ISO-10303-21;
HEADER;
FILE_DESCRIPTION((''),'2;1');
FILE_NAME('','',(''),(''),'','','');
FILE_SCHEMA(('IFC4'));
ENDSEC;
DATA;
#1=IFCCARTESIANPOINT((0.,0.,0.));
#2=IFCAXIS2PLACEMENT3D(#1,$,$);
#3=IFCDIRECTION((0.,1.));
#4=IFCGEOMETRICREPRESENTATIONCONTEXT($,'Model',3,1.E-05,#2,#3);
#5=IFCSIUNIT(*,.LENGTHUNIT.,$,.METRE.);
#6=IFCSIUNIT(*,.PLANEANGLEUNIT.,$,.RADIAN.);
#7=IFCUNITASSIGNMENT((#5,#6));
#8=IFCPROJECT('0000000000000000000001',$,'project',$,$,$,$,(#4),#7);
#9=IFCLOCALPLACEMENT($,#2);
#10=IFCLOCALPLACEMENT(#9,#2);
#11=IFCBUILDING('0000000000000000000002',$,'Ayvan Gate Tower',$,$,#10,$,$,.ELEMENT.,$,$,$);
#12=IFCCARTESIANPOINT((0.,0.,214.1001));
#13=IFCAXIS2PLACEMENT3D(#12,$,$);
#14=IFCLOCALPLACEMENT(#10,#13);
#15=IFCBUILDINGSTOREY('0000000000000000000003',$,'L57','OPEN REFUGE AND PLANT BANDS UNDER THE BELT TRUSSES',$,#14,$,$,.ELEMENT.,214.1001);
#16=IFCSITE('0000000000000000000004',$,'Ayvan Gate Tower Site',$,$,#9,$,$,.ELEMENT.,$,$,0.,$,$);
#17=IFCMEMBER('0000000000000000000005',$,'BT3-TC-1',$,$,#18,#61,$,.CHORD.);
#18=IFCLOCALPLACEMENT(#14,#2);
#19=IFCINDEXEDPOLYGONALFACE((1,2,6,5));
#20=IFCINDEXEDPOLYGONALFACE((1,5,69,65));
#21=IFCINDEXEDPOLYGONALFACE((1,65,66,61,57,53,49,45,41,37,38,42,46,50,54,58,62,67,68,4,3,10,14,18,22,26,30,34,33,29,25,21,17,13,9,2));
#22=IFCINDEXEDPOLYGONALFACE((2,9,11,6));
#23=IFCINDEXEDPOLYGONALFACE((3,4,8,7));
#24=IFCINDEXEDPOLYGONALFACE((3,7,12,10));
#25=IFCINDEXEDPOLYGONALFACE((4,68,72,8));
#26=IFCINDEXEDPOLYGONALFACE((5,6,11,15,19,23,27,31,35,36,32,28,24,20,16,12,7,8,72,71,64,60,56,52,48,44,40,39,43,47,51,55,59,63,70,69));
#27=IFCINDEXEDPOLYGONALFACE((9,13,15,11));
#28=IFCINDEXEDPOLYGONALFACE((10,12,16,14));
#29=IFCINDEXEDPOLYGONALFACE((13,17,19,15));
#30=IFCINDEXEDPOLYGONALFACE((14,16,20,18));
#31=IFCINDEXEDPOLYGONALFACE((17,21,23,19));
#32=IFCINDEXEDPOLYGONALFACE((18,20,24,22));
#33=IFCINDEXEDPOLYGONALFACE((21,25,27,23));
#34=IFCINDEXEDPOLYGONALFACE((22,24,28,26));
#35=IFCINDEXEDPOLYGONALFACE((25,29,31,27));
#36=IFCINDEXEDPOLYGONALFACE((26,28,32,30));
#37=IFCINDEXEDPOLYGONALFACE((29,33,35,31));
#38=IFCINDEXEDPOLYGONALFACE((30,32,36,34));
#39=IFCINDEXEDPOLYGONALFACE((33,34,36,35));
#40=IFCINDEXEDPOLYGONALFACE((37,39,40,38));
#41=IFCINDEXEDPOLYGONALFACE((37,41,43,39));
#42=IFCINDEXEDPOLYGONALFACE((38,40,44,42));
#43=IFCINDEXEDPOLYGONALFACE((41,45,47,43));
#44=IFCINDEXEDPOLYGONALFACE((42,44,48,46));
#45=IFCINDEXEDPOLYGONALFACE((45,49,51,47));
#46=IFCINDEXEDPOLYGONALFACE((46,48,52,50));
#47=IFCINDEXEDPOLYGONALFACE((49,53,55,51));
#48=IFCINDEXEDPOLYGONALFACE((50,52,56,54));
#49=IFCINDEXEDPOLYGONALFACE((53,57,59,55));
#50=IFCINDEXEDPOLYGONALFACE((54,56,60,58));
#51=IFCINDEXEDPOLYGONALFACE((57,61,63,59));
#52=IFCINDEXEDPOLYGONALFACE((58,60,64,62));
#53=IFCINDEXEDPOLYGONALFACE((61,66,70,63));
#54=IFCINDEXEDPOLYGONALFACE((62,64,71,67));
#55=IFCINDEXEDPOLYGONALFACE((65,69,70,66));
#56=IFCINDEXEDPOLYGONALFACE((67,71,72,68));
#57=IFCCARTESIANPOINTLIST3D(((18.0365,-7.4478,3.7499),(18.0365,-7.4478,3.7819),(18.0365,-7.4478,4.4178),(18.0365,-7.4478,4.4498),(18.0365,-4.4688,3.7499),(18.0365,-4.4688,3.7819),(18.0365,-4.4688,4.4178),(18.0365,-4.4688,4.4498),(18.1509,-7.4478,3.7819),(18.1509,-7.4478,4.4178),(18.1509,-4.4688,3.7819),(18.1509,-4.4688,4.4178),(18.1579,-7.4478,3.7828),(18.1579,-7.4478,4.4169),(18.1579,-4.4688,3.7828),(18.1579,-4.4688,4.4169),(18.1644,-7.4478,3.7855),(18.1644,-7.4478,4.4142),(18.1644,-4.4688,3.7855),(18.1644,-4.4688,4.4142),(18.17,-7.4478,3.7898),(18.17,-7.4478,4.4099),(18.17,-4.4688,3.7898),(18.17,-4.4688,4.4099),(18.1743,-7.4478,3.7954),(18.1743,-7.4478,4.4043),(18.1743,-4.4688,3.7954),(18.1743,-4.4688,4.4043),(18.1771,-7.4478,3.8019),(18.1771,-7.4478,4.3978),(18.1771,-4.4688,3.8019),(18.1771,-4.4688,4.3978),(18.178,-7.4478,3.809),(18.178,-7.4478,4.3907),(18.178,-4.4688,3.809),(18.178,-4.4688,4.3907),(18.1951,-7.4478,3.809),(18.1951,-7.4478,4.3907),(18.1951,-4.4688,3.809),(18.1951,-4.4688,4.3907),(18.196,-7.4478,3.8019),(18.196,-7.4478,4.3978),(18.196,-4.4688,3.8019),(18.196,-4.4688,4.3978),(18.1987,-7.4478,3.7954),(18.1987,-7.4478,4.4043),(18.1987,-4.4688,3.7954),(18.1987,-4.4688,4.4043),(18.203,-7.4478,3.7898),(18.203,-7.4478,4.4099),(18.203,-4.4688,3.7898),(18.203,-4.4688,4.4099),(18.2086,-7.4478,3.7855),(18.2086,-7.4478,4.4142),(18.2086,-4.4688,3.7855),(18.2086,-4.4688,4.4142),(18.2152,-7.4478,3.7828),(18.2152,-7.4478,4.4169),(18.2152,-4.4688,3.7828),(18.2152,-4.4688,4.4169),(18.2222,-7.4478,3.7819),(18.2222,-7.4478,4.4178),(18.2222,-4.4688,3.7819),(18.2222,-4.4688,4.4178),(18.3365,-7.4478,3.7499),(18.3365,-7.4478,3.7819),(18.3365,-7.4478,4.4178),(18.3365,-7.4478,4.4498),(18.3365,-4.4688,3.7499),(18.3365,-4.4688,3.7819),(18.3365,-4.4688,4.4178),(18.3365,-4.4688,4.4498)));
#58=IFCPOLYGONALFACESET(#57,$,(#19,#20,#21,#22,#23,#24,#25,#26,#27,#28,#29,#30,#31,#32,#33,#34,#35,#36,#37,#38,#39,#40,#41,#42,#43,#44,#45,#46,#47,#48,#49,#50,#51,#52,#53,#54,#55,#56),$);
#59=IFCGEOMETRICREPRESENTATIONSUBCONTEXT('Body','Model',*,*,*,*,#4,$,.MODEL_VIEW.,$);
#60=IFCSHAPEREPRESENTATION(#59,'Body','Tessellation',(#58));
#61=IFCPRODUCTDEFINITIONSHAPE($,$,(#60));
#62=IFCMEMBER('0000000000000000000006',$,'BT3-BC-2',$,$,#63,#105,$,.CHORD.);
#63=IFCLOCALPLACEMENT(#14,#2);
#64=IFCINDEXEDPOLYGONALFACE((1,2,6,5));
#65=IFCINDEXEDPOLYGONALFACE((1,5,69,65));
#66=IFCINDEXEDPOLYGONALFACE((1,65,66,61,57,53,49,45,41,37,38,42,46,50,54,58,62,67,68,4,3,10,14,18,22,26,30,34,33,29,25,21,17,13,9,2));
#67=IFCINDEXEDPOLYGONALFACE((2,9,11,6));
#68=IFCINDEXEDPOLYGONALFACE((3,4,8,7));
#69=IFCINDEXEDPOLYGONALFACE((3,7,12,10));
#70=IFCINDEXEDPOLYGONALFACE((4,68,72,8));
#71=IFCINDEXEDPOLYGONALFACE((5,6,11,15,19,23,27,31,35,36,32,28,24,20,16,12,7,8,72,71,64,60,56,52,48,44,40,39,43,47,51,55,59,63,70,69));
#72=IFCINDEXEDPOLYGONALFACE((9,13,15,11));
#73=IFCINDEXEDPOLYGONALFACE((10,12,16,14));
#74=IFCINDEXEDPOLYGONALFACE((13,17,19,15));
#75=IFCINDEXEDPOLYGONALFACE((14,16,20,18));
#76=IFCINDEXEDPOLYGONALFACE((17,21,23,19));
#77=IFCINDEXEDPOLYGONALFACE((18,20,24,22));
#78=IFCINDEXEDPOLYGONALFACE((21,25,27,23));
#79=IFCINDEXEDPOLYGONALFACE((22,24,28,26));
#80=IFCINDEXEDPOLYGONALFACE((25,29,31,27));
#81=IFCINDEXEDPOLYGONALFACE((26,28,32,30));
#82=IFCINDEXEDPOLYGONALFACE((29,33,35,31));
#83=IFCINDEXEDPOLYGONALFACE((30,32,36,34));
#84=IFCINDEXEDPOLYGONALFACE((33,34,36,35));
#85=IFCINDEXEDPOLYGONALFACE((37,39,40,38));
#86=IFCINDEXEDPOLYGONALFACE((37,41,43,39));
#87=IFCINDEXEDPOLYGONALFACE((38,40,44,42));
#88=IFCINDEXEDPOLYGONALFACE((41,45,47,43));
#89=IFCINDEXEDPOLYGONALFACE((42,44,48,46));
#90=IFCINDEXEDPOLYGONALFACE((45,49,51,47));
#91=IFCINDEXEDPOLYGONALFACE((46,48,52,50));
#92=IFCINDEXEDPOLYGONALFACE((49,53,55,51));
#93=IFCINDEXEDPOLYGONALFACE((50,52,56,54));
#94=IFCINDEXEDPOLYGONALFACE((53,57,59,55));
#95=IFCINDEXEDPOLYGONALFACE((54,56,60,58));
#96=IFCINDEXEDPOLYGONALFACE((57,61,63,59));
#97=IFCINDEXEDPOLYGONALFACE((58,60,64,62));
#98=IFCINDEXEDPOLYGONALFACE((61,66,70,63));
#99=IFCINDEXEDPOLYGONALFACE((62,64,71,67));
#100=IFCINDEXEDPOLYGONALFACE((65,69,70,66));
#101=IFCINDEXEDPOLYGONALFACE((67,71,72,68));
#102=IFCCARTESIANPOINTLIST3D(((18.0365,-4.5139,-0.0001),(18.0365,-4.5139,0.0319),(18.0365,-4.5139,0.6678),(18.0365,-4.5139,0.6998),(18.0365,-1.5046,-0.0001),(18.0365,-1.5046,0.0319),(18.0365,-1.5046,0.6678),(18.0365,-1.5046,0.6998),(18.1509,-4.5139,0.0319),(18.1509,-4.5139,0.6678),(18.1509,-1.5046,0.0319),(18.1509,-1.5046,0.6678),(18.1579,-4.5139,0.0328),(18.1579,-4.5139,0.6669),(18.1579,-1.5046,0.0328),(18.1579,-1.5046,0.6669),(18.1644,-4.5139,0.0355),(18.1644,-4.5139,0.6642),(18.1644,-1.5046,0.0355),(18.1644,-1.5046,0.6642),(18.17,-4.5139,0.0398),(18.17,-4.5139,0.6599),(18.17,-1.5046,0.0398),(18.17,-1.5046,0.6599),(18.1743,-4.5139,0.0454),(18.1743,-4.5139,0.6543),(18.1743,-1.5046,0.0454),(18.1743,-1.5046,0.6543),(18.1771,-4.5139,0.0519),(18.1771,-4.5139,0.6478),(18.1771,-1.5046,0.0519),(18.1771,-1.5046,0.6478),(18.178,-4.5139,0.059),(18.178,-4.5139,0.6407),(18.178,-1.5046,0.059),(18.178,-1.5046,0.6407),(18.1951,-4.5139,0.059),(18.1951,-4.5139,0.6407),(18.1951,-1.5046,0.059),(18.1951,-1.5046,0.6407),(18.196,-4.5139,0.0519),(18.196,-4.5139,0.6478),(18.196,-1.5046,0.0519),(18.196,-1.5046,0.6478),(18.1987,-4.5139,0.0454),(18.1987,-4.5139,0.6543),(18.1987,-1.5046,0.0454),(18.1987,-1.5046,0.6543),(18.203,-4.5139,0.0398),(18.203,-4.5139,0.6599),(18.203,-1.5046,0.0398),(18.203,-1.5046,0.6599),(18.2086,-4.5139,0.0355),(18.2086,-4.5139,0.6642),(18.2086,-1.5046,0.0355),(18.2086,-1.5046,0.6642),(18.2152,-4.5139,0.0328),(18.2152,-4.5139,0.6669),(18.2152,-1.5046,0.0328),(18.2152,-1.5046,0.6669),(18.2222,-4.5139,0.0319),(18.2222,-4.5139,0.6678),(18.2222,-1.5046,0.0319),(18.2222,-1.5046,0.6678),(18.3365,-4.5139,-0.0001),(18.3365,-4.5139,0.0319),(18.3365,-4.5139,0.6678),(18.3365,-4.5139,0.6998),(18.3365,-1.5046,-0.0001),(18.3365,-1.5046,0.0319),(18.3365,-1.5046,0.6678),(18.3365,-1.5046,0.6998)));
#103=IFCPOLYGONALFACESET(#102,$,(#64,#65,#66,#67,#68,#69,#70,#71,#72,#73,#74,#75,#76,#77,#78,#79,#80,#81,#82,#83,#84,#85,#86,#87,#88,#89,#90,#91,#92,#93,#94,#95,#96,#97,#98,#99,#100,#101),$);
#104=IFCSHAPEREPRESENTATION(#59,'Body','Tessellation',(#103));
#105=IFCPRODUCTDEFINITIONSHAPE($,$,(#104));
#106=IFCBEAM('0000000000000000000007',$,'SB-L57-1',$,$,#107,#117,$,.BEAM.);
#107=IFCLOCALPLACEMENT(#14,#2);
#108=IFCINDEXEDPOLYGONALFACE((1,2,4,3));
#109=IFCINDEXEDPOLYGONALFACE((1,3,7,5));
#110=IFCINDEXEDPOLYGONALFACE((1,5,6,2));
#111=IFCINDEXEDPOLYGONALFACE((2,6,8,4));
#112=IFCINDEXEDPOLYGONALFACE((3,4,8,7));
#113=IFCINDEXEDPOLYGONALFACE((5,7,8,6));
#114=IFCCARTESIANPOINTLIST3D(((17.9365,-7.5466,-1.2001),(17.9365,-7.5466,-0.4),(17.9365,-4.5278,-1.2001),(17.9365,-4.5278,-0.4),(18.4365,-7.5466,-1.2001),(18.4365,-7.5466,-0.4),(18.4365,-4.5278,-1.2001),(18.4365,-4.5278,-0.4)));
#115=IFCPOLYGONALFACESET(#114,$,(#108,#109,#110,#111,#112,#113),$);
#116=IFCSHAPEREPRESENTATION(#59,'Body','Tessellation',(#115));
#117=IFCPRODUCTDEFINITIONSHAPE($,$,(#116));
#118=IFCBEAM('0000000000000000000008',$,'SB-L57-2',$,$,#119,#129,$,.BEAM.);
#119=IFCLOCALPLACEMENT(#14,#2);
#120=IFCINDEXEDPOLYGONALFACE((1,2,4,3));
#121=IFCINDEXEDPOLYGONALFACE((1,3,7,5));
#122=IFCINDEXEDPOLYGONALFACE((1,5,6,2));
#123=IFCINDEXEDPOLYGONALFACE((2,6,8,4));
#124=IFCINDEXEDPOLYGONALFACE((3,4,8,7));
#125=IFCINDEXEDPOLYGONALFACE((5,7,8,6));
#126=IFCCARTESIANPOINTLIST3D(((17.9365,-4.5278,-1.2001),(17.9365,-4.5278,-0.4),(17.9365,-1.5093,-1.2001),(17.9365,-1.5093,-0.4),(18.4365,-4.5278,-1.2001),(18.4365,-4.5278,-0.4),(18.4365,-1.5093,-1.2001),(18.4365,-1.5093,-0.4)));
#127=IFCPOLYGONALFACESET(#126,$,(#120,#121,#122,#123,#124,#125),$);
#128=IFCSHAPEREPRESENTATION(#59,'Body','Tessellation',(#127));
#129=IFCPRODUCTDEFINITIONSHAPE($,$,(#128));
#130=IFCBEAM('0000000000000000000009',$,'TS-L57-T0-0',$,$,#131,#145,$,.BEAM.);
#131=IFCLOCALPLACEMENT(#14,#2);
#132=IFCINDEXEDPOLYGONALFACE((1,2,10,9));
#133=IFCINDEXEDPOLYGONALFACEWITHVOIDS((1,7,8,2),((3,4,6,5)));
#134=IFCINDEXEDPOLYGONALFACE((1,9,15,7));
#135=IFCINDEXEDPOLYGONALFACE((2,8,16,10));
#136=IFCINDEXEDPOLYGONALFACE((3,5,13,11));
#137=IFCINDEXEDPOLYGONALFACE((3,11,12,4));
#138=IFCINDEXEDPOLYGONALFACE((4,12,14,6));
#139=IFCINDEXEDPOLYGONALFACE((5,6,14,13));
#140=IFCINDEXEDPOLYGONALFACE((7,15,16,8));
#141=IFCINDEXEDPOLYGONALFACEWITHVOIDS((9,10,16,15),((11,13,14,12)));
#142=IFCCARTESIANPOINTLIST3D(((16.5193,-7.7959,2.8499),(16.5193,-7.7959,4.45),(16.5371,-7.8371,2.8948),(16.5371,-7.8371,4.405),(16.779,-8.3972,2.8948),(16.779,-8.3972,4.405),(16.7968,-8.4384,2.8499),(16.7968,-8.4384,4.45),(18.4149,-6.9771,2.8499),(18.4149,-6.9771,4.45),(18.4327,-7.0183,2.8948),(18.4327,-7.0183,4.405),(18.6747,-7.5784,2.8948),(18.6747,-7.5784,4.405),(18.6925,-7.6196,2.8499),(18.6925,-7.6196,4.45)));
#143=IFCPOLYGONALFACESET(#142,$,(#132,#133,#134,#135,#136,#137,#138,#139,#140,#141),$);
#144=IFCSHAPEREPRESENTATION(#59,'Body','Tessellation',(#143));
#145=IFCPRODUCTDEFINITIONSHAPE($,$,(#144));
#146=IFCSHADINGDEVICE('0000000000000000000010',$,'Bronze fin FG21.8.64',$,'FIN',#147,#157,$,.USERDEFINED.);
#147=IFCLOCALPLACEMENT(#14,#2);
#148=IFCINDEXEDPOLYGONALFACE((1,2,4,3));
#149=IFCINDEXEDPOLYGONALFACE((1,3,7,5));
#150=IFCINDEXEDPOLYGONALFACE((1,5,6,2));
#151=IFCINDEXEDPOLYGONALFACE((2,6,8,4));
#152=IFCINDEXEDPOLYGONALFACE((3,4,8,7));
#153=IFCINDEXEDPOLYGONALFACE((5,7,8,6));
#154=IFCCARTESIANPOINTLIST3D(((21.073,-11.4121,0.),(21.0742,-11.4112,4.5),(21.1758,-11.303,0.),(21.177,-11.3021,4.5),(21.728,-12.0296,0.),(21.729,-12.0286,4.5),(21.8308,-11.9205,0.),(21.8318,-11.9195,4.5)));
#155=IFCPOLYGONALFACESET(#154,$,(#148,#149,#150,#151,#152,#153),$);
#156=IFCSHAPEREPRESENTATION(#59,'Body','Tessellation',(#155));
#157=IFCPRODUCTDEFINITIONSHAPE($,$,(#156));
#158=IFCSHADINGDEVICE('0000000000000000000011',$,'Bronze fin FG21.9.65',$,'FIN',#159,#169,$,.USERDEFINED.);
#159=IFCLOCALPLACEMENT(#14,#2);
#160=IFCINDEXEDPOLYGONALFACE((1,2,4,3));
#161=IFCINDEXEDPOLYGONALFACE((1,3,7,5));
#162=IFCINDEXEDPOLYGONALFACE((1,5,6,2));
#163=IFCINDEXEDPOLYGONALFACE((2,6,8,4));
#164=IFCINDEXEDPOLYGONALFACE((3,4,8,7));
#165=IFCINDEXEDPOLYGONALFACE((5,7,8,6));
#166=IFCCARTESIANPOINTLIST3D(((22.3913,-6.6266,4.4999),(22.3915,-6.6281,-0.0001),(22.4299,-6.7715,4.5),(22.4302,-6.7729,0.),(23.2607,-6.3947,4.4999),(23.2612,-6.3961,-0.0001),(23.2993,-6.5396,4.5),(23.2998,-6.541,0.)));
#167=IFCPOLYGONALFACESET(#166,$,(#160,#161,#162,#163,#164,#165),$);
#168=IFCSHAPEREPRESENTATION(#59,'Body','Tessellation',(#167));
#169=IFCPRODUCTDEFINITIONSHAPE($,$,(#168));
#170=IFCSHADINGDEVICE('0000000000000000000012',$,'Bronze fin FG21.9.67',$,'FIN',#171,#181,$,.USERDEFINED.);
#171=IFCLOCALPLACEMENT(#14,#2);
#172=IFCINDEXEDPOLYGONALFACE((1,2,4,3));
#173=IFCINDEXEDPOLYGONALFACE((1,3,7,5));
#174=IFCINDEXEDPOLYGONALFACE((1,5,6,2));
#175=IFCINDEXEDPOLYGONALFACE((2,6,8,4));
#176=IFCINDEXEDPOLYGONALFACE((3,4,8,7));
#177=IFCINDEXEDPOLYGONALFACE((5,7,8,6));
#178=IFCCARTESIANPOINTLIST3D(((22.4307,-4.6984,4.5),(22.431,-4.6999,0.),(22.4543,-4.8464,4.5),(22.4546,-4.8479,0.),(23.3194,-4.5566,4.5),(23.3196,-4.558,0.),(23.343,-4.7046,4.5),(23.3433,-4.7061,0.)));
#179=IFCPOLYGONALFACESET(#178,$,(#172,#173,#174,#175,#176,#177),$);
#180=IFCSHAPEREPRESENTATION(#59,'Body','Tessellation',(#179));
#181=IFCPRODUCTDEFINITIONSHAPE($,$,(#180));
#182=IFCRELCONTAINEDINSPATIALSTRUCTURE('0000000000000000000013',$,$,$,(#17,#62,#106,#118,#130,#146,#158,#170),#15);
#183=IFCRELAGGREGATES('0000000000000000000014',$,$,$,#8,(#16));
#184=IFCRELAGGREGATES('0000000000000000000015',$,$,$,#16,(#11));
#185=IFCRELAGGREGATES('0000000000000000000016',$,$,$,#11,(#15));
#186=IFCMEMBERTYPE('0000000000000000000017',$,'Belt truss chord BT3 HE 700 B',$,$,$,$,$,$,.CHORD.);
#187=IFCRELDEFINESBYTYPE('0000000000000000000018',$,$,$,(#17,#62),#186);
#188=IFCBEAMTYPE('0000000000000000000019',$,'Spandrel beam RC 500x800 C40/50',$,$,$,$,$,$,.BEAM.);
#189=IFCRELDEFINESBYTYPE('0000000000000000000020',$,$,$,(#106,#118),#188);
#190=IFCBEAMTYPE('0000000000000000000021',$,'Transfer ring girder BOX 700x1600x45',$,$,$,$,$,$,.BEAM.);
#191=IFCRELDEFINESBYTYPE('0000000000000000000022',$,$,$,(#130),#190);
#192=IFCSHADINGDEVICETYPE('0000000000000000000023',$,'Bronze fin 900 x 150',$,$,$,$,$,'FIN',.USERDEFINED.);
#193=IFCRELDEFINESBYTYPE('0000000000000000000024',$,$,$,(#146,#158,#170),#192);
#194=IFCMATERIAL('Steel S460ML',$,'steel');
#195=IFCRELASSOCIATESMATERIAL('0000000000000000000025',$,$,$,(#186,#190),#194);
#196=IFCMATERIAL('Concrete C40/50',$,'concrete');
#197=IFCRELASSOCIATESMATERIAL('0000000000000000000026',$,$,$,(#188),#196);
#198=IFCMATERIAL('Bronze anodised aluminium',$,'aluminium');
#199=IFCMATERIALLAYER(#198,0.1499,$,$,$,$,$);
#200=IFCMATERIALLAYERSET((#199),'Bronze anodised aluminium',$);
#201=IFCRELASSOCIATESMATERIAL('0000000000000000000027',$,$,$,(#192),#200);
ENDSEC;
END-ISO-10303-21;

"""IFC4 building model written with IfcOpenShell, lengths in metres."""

from ifc_helpers import new_model, si_unit, direction, frame, origin, origin_2d, place, context, subcontext, project, spatial, polyline, rectangle, hollow_rectangle, i_section, outline, extrude, material, layer, layer_set, material_profile, profile_set, type_object, element, save


model = new_model("IFC4")

# Units and contexts
model_context = context("Model", 3, precision=1e-05, world=origin(), true_north=direction((0.0, 1.0)))
body_context = subcontext(model_context, "Body", "Model", "MODEL_VIEW")
ifc_project = project(units=[si_unit("LENGTHUNIT", "METRE"), si_unit("PLANEANGLEUNIT", "RADIAN")], contexts=[model_context])

# Site, building, storey
site_placement = place(None, origin())
site = spatial("IfcSite", under=ifc_project, at=site_placement, Name="Ayvan Gate Tower Site", CompositionType="ELEMENT", RefElevation=0.0)
building_placement = place(site_placement, origin())
building = spatial("IfcBuilding", under=site, at=building_placement, Name="Ayvan Gate Tower", CompositionType="ELEMENT")
storey_placement = place(building_placement, frame((0.0, 0.0, 214.1001)))
storey = spatial("IfcBuildingStorey", under=building, at=storey_placement, Name="L57", Description="OPEN REFUGE AND PLANT BANDS UNDER THE BELT TRUSSES", CompositionType="ELEMENT", Elevation=214.1001)

# Members
ifc_material_1 = material(Name="Steel S460ML", Category="steel")
ifc_material_profile_1 = material_profile(ifc_material_1, i_section(OverallWidth=0.3, OverallDepth=0.7, WebThickness=0.0171, FlangeThickness=0.032, FilletRadius=0.0271, at=origin_2d()), Name="HE 700 B")
ifc_profile_set_1 = profile_set([ifc_material_profile_1], Name="Steel S460ML")
member_type_1 = type_object("IfcMemberType", Name="Belt truss chord BT3 HE 700 B", PredefinedType="CHORD", material=ifc_profile_set_1)
member_1_placement = place(storey_placement, frame((18.1865, -7.4478, 4.0999), z_axis=(0.0, 1.0, 0.0), x_axis=(-1.0, 0.0, 0.0)))
element("IfcMember", 1, at=member_1_placement, inside=storey, type_object=member_type_1, Name="BT3-TC-1", PredefinedType="CHORD", context=body_context, shape_type="SweptSolid", body=[
    extrude(i_section(OverallWidth=0.3, OverallDepth=0.7, WebThickness=0.0171, FlangeThickness=0.032, FilletRadius=0.0271, at=origin_2d()), origin(), (0.0, 0.0, 1.0), 2.979),
])
member_2_placement = place(storey_placement, frame((18.1865, -4.5139, 0.3499), z_axis=(0.0, 1.0, 0.0), x_axis=(-1.0, 0.0, 0.0)))
element("IfcMember", 2, at=member_2_placement, inside=storey, type_object=member_type_1, Name="BT3-BC-2", PredefinedType="CHORD", context=body_context, shape_type="SweptSolid", body=[
    extrude(i_section(OverallWidth=0.3, OverallDepth=0.7, WebThickness=0.0171, FlangeThickness=0.032, FilletRadius=0.0271, at=origin_2d()), origin(), (0.0, 0.0, 1.0), 3.0093),
])

# Beams
ifc_material_2 = material(Name="Concrete C40/50", Category="concrete")
ifc_material_profile_2 = material_profile(ifc_material_2, rectangle(XDim=0.5, YDim=0.8, at=origin_2d()), Name="RC 500x800")
ifc_profile_set_2 = profile_set([ifc_material_profile_2], Name="Concrete C40/50")
beam_type_1 = type_object("IfcBeamType", Name="Spandrel beam RC 500x800 C40/50", PredefinedType="BEAM", material=ifc_profile_set_2)
beam_1_placement = place(storey_placement, frame((18.1865, -7.5466, -0.8), z_axis=(0.0, 1.0, 0.0), x_axis=(-1.0, 0.0, 0.0)))
element("IfcBeam", 3, at=beam_1_placement, inside=storey, type_object=beam_type_1, Name="SB-L57-1", PredefinedType="BEAM", context=body_context, shape_type="SweptSolid", body=[
    extrude(rectangle(XDim=0.5, YDim=0.8, at=origin_2d()), origin(), (0.0, 0.0, 1.0), 3.0188),
])
beam_2_placement = place(storey_placement, frame((18.1865, -4.5278, -0.8), z_axis=(0.0, 1.0, 0.0), x_axis=(-1.0, 0.0, 0.0)))
element("IfcBeam", 4, at=beam_2_placement, inside=storey, type_object=beam_type_1, Name="SB-L57-2", PredefinedType="BEAM", context=body_context, shape_type="SweptSolid", body=[
    extrude(rectangle(XDim=0.5, YDim=0.8, at=origin_2d()), origin(), (0.0, 0.0, 1.0), 3.0186),
])
ifc_material_profile_3 = material_profile(ifc_material_1, hollow_rectangle(XDim=0.7, YDim=1.6001, WallThickness=0.0449, at=origin_2d()), Name="BOX 700x1600x45")
ifc_profile_set_3 = profile_set([ifc_material_profile_3], Name="Steel S460ML")
beam_type_2 = type_object("IfcBeamType", Name="Transfer ring girder BOX 700x1600x45", PredefinedType="BEAM", material=ifc_profile_set_3)
beam_3_placement = place(storey_placement, frame((18.5537, -7.2983, 3.6499), z_axis=(-0.918022, -0.396529, 0.0), x_axis=(0.396529, -0.918022, 0.0)))
element("IfcBeam", 5, at=beam_3_placement, inside=storey, type_object=beam_type_2, Name="TS-L57-T0-0", PredefinedType="BEAM", context=body_context, shape_type="SweptSolid", body=[
    extrude(hollow_rectangle(XDim=0.7, YDim=1.6001, WallThickness=0.0449, at=origin_2d()), origin(), (0.0, 0.0, 1.0), 2.0649),
])

# Shading devices
ifc_material_3 = material(Name="Bronze anodised aluminium", Category="aluminium")
ifc_layer_1 = layer(ifc_material_3, 0.1499)
ifc_layer_set_1 = layer_set([ifc_layer_1], Name="Bronze anodised aluminium")
shading_device_type = type_object("IfcShadingDeviceType", Name="Bronze fin 900 x 150", ElementType="FIN", PredefinedType="USERDEFINED", material=ifc_layer_set_1)
shading_device_1_placement = place(storey_placement, frame((21.073, -11.4121, 0.0), z_axis=(-0.685982, -0.727618, 0.000325), x_axis=(0.727618, -0.685982, 0.0)))
element("IfcShadingDevice", 6, at=shading_device_1_placement, inside=storey, type_object=shading_device_type, Name="Bronze fin FG21.8.64", ObjectType="FIN", PredefinedType="USERDEFINED", context=body_context, shape_type="SweptSolid", body=[
    extrude(outline(polyline([(0.0, 0.0), (0.9002, 0.0), (0.9002, 4.5), (0.0002, 4.5), (0.0, 0.0)])), origin(), (0.0, 0.0, -1.0), 0.1499),
])
shading_device_2_placement = place(storey_placement, frame((22.4302, -6.7729, 0.0), z_axis=(0.25773, -0.966217, 0.000335), x_axis=(0.966217, 0.25773, 0.0)))
element("IfcShadingDevice", 7, at=shading_device_2_placement, inside=storey, type_object=shading_device_type, Name="Bronze fin FG21.9.65", ObjectType="FIN", PredefinedType="USERDEFINED", context=body_context, shape_type="SweptSolid", body=[
    extrude(outline(polyline([(0.0, 0.0), (0.9, 0.0), (0.8999, 4.5), (0.0001, 4.5), (0.0, 0.0)])), origin(), (0.0, 0.0, -1.0), 0.1499),
])
shading_device_3_placement = place(storey_placement, frame((22.4546, -4.8479, 0.0), z_axis=(0.15762, -0.9875, 0.00033), x_axis=(0.9875, 0.15762, 0.0)))
element("IfcShadingDevice", 8, at=shading_device_3_placement, inside=storey, type_object=shading_device_type, Name="Bronze fin FG21.9.67", ObjectType="FIN", PredefinedType="USERDEFINED", context=body_context, shape_type="SweptSolid", body=[
    extrude(outline(polyline([(0.0, 0.0), (0.8999, 0.0), (0.8999, 4.5), (0.0, 4.5), (0.0, 0.0)])), origin(), (0.0, 0.0, -1.0), 0.1499),
])

save(model, "model.ifc")
